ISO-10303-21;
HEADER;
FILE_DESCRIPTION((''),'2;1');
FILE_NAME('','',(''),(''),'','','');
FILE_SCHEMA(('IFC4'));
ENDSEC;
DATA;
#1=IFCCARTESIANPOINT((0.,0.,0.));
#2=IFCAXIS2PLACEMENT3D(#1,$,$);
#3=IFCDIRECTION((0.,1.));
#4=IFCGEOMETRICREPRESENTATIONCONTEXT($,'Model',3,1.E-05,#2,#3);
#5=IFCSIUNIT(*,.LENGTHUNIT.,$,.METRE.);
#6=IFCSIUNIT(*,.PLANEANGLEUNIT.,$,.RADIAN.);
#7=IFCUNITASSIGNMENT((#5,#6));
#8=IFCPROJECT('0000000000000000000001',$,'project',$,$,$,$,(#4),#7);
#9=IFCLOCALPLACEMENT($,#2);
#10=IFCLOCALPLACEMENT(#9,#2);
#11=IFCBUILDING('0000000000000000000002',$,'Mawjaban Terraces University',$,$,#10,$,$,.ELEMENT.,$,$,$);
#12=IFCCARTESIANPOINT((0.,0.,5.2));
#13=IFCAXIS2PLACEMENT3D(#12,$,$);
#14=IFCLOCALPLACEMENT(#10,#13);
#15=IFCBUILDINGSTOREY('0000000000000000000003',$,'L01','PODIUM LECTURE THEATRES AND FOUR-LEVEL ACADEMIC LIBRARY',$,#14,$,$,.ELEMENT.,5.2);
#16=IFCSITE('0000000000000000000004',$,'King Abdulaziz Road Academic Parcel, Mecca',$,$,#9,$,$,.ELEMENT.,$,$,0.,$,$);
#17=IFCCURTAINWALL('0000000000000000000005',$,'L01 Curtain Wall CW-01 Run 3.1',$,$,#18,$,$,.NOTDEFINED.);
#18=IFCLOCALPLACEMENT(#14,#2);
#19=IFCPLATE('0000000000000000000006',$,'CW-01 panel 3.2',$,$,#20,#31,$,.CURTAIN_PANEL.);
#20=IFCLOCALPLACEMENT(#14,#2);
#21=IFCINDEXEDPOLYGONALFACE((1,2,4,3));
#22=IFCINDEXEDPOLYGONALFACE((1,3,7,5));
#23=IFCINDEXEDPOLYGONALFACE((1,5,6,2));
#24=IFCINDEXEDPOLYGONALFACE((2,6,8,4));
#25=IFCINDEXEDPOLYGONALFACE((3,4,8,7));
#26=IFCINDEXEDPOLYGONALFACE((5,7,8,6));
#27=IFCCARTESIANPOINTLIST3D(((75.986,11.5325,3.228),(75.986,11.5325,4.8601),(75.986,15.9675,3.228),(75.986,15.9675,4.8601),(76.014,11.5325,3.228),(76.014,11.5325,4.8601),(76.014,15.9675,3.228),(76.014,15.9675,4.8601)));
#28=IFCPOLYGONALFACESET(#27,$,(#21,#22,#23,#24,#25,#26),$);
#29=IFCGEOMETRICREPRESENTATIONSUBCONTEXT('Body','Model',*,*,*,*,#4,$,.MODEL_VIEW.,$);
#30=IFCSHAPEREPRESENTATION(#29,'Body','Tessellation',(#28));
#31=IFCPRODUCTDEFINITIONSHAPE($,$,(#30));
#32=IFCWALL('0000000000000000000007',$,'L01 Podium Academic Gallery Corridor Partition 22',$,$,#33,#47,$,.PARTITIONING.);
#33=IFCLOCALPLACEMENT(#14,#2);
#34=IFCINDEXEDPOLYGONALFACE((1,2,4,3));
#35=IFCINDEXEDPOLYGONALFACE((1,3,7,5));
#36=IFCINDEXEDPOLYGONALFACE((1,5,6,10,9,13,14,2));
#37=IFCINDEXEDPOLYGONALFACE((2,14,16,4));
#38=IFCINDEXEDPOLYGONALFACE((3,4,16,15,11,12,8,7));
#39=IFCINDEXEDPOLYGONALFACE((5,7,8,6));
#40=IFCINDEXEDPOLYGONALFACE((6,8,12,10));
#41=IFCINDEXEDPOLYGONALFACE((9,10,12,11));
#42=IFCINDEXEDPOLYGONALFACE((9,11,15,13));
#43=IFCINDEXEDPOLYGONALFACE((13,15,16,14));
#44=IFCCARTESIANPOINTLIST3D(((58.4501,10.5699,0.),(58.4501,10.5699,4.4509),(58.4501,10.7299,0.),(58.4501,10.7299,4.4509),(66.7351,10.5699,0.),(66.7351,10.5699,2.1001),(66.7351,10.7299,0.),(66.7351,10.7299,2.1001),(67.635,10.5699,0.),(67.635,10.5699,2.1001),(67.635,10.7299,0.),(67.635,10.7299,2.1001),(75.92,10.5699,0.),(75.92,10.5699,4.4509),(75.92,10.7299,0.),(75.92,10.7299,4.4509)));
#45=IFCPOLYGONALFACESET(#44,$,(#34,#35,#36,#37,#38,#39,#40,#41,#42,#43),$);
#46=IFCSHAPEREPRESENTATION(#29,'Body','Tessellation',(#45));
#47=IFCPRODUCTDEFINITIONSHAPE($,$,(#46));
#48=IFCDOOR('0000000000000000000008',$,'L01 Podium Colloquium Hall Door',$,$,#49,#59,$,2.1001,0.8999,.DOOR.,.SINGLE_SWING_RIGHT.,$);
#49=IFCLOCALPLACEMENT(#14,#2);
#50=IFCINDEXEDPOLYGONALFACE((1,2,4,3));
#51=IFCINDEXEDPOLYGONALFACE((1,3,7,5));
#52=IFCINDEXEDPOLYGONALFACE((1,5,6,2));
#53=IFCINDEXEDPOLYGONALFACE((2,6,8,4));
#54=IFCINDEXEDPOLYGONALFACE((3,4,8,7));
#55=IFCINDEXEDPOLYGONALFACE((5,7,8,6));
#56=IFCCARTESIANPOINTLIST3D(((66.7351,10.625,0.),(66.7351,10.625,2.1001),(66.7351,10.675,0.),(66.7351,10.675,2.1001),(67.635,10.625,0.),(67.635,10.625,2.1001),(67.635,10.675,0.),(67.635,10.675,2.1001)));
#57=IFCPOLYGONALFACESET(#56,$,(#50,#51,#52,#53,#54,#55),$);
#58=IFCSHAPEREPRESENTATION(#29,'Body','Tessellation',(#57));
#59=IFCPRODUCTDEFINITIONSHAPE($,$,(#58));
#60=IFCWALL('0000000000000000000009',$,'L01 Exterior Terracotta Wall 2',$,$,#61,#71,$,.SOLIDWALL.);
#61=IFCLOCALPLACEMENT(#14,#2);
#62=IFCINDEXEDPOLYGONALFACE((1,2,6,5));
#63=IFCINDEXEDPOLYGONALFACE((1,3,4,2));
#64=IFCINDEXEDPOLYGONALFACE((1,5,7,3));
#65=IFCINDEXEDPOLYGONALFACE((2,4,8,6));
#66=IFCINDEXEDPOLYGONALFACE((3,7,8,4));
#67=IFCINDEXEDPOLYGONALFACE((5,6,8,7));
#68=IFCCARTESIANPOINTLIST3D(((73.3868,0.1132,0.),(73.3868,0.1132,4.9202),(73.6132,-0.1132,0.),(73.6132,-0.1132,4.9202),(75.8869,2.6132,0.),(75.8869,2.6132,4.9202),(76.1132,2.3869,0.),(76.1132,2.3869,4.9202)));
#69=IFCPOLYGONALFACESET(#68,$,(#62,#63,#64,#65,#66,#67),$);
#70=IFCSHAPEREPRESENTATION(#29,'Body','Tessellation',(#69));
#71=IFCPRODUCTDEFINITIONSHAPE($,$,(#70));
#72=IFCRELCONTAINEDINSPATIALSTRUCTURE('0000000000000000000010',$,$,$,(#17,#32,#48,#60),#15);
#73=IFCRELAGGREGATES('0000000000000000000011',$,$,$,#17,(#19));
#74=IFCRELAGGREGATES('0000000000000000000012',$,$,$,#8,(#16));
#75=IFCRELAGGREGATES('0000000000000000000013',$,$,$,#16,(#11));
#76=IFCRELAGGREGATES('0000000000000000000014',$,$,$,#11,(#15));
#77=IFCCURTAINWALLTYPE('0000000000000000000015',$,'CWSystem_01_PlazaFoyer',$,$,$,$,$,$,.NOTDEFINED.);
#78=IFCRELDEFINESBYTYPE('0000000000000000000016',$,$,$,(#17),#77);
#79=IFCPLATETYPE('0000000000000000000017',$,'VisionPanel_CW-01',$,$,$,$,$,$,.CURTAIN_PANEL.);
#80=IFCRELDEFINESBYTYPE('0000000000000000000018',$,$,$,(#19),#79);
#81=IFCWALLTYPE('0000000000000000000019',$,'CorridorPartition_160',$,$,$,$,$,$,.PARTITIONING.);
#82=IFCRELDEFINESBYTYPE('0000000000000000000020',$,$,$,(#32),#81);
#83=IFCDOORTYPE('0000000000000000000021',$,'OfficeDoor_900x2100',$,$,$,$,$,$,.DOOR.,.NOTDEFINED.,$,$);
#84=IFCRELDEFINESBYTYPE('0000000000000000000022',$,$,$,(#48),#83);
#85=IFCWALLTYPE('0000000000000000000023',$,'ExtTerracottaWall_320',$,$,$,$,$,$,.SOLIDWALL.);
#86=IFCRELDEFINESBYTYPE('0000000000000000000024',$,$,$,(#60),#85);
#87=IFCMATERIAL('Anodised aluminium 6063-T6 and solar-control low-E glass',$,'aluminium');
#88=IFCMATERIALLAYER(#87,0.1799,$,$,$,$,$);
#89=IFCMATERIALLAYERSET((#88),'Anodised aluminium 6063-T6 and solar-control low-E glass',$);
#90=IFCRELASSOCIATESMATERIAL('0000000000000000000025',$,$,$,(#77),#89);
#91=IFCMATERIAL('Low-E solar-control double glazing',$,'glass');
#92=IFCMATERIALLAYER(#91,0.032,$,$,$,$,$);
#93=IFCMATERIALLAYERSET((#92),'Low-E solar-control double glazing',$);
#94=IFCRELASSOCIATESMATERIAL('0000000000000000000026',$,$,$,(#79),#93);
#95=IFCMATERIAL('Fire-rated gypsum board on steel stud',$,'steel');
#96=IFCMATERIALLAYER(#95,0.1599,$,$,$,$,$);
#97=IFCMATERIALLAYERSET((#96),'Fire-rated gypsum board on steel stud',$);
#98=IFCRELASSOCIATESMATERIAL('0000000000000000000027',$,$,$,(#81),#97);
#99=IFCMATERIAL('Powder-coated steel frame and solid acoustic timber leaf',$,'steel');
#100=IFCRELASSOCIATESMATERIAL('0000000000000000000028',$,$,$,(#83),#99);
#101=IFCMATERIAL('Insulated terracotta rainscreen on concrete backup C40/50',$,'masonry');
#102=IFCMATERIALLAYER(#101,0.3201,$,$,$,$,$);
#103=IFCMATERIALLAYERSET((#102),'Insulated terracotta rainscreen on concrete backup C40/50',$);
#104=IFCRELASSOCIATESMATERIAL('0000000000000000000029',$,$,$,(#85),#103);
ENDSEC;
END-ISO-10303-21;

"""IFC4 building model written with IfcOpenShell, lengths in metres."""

from ifc_helpers import new_model, si_unit, direction, frame, frame_2d, origin, origin_2d, place, context, subcontext, project, spatial, rectangle, extrude, material, layer, layer_set, type_object, element, fill, aggregate, save


model = new_model("IFC4")

# Units and contexts
model_context = context("Model", 3, precision=1e-05, world=origin(), true_north=direction((0.0, 1.0)))
body_context = subcontext(model_context, "Body", "Model", "MODEL_VIEW")
ifc_project = project(units=[si_unit("LENGTHUNIT", "METRE"), si_unit("PLANEANGLEUNIT", "RADIAN")], contexts=[model_context])

# Site, building, storey
site_placement = place(None, origin())
site = spatial("IfcSite", under=ifc_project, at=site_placement, Name="King Abdulaziz Road Academic Parcel, Mecca", CompositionType="ELEMENT", RefElevation=0.0)
building_placement = place(site_placement, origin())
building = spatial("IfcBuilding", under=site, at=building_placement, Name="Mawjaban Terraces University", CompositionType="ELEMENT")
storey_placement = place(building_placement, frame((0.0, 0.0, 5.2)))
storey = spatial("IfcBuildingStorey", under=building, at=storey_placement, Name="L01", Description="PODIUM LECTURE THEATRES AND FOUR-LEVEL ACADEMIC LIBRARY", CompositionType="ELEMENT", Elevation=5.2)

# Curtain wall, plate
ifc_material_1 = material(Name="Anodised aluminium 6063-T6 and solar-control low-E glass", Category="aluminium")
ifc_layer_1 = layer(ifc_material_1, 0.1799)
ifc_layer_set_1 = layer_set([ifc_layer_1], Name="Anodised aluminium 6063-T6 and solar-control low-E glass")
curtain_wall_type = type_object("IfcCurtainWallType", Name="CWSystem_01_PlazaFoyer", PredefinedType="NOTDEFINED", material=ifc_layer_set_1)
curtain_wall_placement = place(storey_placement, origin())
curtain_wall = element("IfcCurtainWall", 1, at=curtain_wall_placement, inside=storey, type_object=curtain_wall_type, Name="L01 Curtain Wall CW-01 Run 3.1", PredefinedType="NOTDEFINED")
ifc_material_2 = material(Name="Low-E solar-control double glazing", Category="glass")
ifc_layer_2 = layer(ifc_material_2, 0.032)
ifc_layer_set_2 = layer_set([ifc_layer_2], Name="Low-E solar-control double glazing")
plate_type = type_object("IfcPlateType", Name="VisionPanel_CW-01", PredefinedType="CURTAIN_PANEL", material=ifc_layer_set_2)
plate_1_placement = place(storey_placement, frame((76.0, 13.75, 3.228), z_axis=(0.0, 0.0, 1.0), x_axis=(0.0, 1.0, 0.0)))
plate_1 = element("IfcPlate", 2, at=plate_1_placement, type_object=plate_type, Name="CW-01 panel 3.2", PredefinedType="CURTAIN_PANEL", context=body_context, shape_type="SweptSolid", body=[
    extrude(rectangle(XDim=4.4351, YDim=0.0281, at=origin_2d()), origin(), (0.0, 0.0, 1.0), 1.6321),
])
aggregate(curtain_wall, [plate_1])

# Wall, opening, door
ifc_material_3 = material(Name="Fire-rated gypsum board on steel stud", Category="steel")
ifc_layer_3 = layer(ifc_material_3, 0.1599)
ifc_layer_set_3 = layer_set([ifc_layer_3], Name="Fire-rated gypsum board on steel stud")
wall_type_1 = type_object("IfcWallType", Name="CorridorPartition_160", PredefinedType="PARTITIONING", material=ifc_layer_set_3)
wall_1_placement = place(storey_placement, frame((75.9199, 10.6499, 0.0), z_axis=(0.0, 0.0, 1.0), x_axis=(-1.0, 0.0, 0.0)))
wall_1 = element("IfcWall", 3, at=wall_1_placement, inside=storey, type_object=wall_type_1, Name="L01 Podium Academic Gallery Corridor Partition 22", PredefinedType="PARTITIONING", context=body_context, shape_type="SweptSolid", body=[
    extrude(rectangle(XDim=17.47, YDim=0.1599, at=frame_2d((8.7349, 0.0))), origin(), (0.0, 0.0, 1.0), 4.4509),
])
opening_placement = place(wall_1_placement, frame((8.2849, 0.0, 0.0)))
opening = element("IfcOpeningElement", 4, at=opening_placement, cuts=wall_1, PredefinedType="OPENING", context=body_context, shape_type="SweptSolid", body=[
    extrude(rectangle(XDim=0.8999, YDim=2.1001, at=frame_2d((0.45, 1.05))), frame((0.0, 0.0898, 0.0), z_axis=(0.0, -1.0, 0.0), x_axis=(1.0, 0.0, 0.0)), (0.0, 0.0, 1.0), 0.1799),
])
ifc_material_4 = material(Name="Powder-coated steel frame and solid acoustic timber leaf", Category="steel")
door_type = type_object("IfcDoorType", Name="OfficeDoor_900x2100", OperationType="NOTDEFINED", PredefinedType="DOOR", material=ifc_material_4)
door_placement = place(opening_placement, origin())
door = element("IfcDoor", 5, at=door_placement, inside=storey, type_object=door_type, Name="L01 Podium Colloquium Hall Door", OperationType="SINGLE_SWING_RIGHT", OverallHeight=2.1001, OverallWidth=0.8999, PredefinedType="DOOR", context=body_context, shape_type="SweptSolid", body=[
    extrude(rectangle(XDim=0.8999, YDim=2.1001, at=frame_2d((0.45, 1.05))), frame((0.0, 0.0249, 0.0), z_axis=(0.0, -1.0, 0.0), x_axis=(1.0, 0.0, 0.0)), (0.0, 0.0, 1.0), 0.05),
])
fill(opening, door)

# Wall
ifc_material_5 = material(Name="Insulated terracotta rainscreen on concrete backup C40/50", Category="masonry")
ifc_layer_4 = layer(ifc_material_5, 0.3201)
ifc_layer_set_4 = layer_set([ifc_layer_4], Name="Insulated terracotta rainscreen on concrete backup C40/50")
wall_type_2 = type_object("IfcWallType", Name="ExtTerracottaWall_320", PredefinedType="SOLIDWALL", material=ifc_layer_set_4)
wall_2_placement = place(storey_placement, frame((73.5, 0.0, 0.0), z_axis=(0.0, 0.0, 1.0), x_axis=(0.707107, 0.707107, 0.0)))
element("IfcWall", 6, at=wall_2_placement, inside=storey, type_object=wall_type_2, Name="L01 Exterior Terracotta Wall 2", PredefinedType="SOLIDWALL", context=body_context, shape_type="SweptSolid", body=[
    extrude(rectangle(XDim=3.5356, YDim=0.3201, at=frame_2d((1.7678, 0.0))), origin(), (0.0, 0.0, 1.0), 4.9202),
])

save(model, "model.ifc")
